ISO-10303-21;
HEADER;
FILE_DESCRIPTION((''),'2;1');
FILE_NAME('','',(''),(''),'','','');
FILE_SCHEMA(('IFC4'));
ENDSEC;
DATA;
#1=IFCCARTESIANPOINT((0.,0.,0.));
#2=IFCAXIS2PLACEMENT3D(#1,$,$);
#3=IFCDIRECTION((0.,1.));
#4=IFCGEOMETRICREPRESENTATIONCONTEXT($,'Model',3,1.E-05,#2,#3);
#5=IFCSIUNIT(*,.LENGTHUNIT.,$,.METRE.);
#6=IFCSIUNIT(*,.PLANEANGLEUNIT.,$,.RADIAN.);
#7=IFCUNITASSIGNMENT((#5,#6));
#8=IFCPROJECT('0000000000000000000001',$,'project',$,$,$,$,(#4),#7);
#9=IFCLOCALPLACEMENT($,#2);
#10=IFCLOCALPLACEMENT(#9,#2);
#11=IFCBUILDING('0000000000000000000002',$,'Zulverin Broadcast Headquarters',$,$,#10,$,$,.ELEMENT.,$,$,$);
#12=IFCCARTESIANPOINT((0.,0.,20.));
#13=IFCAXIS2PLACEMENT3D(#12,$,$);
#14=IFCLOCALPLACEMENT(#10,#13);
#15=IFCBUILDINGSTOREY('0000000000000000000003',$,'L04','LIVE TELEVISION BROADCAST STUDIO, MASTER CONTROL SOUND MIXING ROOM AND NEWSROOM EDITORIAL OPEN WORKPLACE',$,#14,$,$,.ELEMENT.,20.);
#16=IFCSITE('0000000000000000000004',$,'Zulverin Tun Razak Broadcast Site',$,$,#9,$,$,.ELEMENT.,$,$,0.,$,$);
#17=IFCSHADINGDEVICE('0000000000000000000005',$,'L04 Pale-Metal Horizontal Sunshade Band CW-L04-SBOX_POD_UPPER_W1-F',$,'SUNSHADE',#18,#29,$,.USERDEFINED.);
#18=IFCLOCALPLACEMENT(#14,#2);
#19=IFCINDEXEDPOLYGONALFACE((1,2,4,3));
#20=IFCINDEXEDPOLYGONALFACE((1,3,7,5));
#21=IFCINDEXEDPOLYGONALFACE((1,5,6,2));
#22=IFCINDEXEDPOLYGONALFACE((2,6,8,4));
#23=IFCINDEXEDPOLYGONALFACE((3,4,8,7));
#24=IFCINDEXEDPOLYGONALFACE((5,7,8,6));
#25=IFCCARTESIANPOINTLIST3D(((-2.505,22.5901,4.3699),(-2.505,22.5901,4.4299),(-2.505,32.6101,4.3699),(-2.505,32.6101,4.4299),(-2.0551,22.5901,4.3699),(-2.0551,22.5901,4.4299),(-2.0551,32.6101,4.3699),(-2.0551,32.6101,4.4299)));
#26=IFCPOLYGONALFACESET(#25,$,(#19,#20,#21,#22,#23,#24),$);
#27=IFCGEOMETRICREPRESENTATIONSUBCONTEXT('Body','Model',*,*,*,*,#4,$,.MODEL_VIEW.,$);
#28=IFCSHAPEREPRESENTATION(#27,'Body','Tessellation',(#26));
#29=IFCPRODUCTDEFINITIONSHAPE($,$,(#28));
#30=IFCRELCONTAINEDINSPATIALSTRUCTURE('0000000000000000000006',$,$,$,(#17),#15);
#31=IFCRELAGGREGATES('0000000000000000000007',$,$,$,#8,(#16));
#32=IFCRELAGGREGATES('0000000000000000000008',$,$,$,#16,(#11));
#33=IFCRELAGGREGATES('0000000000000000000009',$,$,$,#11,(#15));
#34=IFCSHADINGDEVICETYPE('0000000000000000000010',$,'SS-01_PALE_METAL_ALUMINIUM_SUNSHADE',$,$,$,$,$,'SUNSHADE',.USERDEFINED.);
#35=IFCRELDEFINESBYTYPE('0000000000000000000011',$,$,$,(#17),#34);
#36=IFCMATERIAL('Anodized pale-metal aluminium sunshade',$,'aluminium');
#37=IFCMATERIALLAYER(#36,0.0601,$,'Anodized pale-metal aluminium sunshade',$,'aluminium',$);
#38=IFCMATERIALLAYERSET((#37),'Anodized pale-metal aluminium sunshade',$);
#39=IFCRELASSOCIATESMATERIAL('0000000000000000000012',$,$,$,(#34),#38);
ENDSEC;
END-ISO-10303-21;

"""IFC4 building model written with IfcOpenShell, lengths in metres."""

from ifc_helpers import new_model, si_unit, direction, frame, origin, origin_2d, place, context, subcontext, project, spatial, rectangle, extrude, material, layer, layer_set, type_object, element, save


model = new_model("IFC4")

# Units and contexts
model_context = context("Model", 3, precision=1e-05, world=origin(), true_north=direction((0.0, 1.0)))
body_context = subcontext(model_context, "Body", "Model", "MODEL_VIEW")
ifc_project = project(units=[si_unit("LENGTHUNIT", "METRE"), si_unit("PLANEANGLEUNIT", "RADIAN")], contexts=[model_context])

# Site, building, storey
site_placement = place(None, origin())
site = spatial("IfcSite", under=ifc_project, at=site_placement, Name="Zulverin Tun Razak Broadcast Site", CompositionType="ELEMENT", RefElevation=0.0)
building_placement = place(site_placement, origin())
building = spatial("IfcBuilding", under=site, at=building_placement, Name="Zulverin Broadcast Headquarters", CompositionType="ELEMENT")
storey_placement = place(building_placement, frame((0.0, 0.0, 20.0)))
storey = spatial("IfcBuildingStorey", under=building, at=storey_placement, Name="L04", Description="LIVE TELEVISION BROADCAST STUDIO, MASTER CONTROL SOUND MIXING ROOM AND NEWSROOM EDITORIAL OPEN WORKPLACE", CompositionType="ELEMENT", Elevation=20.0)

# Shading device
ifc_material_1 = material(Name="Anodized pale-metal aluminium sunshade", Category="aluminium")
ifc_layer_1 = layer(ifc_material_1, 0.0601, Name="Anodized pale-metal aluminium sunshade", Category="aluminium")
ifc_layer_set_1 = layer_set([ifc_layer_1], Name="Anodized pale-metal aluminium sunshade")
shading_device_type_1 = type_object("IfcShadingDeviceType", Name="SS-01_PALE_METAL_ALUMINIUM_SUNSHADE", ElementType="SUNSHADE", PredefinedType="USERDEFINED", material=ifc_layer_set_1)
shading_device_1_placement = place(storey_placement, frame((-2.28, 27.6001, 4.3699), z_axis=(0.0, 0.0, 1.0), x_axis=(0.0, -1.0, 0.0)))
element("IfcShadingDevice", 1, at=shading_device_1_placement, inside=storey, type_object=shading_device_type_1, Name="L04 Pale-Metal Horizontal Sunshade Band CW-L04-SBOX_POD_UPPER_W1-F", ObjectType="SUNSHADE", PredefinedType="USERDEFINED", context=body_context, shape_type="SweptSolid", body=[
    extrude(rectangle(XDim=10.02, YDim=0.45, at=origin_2d()), origin(), (0.0, 0.0, 1.0), 0.0601),
])

save(model, "model.ifc")
